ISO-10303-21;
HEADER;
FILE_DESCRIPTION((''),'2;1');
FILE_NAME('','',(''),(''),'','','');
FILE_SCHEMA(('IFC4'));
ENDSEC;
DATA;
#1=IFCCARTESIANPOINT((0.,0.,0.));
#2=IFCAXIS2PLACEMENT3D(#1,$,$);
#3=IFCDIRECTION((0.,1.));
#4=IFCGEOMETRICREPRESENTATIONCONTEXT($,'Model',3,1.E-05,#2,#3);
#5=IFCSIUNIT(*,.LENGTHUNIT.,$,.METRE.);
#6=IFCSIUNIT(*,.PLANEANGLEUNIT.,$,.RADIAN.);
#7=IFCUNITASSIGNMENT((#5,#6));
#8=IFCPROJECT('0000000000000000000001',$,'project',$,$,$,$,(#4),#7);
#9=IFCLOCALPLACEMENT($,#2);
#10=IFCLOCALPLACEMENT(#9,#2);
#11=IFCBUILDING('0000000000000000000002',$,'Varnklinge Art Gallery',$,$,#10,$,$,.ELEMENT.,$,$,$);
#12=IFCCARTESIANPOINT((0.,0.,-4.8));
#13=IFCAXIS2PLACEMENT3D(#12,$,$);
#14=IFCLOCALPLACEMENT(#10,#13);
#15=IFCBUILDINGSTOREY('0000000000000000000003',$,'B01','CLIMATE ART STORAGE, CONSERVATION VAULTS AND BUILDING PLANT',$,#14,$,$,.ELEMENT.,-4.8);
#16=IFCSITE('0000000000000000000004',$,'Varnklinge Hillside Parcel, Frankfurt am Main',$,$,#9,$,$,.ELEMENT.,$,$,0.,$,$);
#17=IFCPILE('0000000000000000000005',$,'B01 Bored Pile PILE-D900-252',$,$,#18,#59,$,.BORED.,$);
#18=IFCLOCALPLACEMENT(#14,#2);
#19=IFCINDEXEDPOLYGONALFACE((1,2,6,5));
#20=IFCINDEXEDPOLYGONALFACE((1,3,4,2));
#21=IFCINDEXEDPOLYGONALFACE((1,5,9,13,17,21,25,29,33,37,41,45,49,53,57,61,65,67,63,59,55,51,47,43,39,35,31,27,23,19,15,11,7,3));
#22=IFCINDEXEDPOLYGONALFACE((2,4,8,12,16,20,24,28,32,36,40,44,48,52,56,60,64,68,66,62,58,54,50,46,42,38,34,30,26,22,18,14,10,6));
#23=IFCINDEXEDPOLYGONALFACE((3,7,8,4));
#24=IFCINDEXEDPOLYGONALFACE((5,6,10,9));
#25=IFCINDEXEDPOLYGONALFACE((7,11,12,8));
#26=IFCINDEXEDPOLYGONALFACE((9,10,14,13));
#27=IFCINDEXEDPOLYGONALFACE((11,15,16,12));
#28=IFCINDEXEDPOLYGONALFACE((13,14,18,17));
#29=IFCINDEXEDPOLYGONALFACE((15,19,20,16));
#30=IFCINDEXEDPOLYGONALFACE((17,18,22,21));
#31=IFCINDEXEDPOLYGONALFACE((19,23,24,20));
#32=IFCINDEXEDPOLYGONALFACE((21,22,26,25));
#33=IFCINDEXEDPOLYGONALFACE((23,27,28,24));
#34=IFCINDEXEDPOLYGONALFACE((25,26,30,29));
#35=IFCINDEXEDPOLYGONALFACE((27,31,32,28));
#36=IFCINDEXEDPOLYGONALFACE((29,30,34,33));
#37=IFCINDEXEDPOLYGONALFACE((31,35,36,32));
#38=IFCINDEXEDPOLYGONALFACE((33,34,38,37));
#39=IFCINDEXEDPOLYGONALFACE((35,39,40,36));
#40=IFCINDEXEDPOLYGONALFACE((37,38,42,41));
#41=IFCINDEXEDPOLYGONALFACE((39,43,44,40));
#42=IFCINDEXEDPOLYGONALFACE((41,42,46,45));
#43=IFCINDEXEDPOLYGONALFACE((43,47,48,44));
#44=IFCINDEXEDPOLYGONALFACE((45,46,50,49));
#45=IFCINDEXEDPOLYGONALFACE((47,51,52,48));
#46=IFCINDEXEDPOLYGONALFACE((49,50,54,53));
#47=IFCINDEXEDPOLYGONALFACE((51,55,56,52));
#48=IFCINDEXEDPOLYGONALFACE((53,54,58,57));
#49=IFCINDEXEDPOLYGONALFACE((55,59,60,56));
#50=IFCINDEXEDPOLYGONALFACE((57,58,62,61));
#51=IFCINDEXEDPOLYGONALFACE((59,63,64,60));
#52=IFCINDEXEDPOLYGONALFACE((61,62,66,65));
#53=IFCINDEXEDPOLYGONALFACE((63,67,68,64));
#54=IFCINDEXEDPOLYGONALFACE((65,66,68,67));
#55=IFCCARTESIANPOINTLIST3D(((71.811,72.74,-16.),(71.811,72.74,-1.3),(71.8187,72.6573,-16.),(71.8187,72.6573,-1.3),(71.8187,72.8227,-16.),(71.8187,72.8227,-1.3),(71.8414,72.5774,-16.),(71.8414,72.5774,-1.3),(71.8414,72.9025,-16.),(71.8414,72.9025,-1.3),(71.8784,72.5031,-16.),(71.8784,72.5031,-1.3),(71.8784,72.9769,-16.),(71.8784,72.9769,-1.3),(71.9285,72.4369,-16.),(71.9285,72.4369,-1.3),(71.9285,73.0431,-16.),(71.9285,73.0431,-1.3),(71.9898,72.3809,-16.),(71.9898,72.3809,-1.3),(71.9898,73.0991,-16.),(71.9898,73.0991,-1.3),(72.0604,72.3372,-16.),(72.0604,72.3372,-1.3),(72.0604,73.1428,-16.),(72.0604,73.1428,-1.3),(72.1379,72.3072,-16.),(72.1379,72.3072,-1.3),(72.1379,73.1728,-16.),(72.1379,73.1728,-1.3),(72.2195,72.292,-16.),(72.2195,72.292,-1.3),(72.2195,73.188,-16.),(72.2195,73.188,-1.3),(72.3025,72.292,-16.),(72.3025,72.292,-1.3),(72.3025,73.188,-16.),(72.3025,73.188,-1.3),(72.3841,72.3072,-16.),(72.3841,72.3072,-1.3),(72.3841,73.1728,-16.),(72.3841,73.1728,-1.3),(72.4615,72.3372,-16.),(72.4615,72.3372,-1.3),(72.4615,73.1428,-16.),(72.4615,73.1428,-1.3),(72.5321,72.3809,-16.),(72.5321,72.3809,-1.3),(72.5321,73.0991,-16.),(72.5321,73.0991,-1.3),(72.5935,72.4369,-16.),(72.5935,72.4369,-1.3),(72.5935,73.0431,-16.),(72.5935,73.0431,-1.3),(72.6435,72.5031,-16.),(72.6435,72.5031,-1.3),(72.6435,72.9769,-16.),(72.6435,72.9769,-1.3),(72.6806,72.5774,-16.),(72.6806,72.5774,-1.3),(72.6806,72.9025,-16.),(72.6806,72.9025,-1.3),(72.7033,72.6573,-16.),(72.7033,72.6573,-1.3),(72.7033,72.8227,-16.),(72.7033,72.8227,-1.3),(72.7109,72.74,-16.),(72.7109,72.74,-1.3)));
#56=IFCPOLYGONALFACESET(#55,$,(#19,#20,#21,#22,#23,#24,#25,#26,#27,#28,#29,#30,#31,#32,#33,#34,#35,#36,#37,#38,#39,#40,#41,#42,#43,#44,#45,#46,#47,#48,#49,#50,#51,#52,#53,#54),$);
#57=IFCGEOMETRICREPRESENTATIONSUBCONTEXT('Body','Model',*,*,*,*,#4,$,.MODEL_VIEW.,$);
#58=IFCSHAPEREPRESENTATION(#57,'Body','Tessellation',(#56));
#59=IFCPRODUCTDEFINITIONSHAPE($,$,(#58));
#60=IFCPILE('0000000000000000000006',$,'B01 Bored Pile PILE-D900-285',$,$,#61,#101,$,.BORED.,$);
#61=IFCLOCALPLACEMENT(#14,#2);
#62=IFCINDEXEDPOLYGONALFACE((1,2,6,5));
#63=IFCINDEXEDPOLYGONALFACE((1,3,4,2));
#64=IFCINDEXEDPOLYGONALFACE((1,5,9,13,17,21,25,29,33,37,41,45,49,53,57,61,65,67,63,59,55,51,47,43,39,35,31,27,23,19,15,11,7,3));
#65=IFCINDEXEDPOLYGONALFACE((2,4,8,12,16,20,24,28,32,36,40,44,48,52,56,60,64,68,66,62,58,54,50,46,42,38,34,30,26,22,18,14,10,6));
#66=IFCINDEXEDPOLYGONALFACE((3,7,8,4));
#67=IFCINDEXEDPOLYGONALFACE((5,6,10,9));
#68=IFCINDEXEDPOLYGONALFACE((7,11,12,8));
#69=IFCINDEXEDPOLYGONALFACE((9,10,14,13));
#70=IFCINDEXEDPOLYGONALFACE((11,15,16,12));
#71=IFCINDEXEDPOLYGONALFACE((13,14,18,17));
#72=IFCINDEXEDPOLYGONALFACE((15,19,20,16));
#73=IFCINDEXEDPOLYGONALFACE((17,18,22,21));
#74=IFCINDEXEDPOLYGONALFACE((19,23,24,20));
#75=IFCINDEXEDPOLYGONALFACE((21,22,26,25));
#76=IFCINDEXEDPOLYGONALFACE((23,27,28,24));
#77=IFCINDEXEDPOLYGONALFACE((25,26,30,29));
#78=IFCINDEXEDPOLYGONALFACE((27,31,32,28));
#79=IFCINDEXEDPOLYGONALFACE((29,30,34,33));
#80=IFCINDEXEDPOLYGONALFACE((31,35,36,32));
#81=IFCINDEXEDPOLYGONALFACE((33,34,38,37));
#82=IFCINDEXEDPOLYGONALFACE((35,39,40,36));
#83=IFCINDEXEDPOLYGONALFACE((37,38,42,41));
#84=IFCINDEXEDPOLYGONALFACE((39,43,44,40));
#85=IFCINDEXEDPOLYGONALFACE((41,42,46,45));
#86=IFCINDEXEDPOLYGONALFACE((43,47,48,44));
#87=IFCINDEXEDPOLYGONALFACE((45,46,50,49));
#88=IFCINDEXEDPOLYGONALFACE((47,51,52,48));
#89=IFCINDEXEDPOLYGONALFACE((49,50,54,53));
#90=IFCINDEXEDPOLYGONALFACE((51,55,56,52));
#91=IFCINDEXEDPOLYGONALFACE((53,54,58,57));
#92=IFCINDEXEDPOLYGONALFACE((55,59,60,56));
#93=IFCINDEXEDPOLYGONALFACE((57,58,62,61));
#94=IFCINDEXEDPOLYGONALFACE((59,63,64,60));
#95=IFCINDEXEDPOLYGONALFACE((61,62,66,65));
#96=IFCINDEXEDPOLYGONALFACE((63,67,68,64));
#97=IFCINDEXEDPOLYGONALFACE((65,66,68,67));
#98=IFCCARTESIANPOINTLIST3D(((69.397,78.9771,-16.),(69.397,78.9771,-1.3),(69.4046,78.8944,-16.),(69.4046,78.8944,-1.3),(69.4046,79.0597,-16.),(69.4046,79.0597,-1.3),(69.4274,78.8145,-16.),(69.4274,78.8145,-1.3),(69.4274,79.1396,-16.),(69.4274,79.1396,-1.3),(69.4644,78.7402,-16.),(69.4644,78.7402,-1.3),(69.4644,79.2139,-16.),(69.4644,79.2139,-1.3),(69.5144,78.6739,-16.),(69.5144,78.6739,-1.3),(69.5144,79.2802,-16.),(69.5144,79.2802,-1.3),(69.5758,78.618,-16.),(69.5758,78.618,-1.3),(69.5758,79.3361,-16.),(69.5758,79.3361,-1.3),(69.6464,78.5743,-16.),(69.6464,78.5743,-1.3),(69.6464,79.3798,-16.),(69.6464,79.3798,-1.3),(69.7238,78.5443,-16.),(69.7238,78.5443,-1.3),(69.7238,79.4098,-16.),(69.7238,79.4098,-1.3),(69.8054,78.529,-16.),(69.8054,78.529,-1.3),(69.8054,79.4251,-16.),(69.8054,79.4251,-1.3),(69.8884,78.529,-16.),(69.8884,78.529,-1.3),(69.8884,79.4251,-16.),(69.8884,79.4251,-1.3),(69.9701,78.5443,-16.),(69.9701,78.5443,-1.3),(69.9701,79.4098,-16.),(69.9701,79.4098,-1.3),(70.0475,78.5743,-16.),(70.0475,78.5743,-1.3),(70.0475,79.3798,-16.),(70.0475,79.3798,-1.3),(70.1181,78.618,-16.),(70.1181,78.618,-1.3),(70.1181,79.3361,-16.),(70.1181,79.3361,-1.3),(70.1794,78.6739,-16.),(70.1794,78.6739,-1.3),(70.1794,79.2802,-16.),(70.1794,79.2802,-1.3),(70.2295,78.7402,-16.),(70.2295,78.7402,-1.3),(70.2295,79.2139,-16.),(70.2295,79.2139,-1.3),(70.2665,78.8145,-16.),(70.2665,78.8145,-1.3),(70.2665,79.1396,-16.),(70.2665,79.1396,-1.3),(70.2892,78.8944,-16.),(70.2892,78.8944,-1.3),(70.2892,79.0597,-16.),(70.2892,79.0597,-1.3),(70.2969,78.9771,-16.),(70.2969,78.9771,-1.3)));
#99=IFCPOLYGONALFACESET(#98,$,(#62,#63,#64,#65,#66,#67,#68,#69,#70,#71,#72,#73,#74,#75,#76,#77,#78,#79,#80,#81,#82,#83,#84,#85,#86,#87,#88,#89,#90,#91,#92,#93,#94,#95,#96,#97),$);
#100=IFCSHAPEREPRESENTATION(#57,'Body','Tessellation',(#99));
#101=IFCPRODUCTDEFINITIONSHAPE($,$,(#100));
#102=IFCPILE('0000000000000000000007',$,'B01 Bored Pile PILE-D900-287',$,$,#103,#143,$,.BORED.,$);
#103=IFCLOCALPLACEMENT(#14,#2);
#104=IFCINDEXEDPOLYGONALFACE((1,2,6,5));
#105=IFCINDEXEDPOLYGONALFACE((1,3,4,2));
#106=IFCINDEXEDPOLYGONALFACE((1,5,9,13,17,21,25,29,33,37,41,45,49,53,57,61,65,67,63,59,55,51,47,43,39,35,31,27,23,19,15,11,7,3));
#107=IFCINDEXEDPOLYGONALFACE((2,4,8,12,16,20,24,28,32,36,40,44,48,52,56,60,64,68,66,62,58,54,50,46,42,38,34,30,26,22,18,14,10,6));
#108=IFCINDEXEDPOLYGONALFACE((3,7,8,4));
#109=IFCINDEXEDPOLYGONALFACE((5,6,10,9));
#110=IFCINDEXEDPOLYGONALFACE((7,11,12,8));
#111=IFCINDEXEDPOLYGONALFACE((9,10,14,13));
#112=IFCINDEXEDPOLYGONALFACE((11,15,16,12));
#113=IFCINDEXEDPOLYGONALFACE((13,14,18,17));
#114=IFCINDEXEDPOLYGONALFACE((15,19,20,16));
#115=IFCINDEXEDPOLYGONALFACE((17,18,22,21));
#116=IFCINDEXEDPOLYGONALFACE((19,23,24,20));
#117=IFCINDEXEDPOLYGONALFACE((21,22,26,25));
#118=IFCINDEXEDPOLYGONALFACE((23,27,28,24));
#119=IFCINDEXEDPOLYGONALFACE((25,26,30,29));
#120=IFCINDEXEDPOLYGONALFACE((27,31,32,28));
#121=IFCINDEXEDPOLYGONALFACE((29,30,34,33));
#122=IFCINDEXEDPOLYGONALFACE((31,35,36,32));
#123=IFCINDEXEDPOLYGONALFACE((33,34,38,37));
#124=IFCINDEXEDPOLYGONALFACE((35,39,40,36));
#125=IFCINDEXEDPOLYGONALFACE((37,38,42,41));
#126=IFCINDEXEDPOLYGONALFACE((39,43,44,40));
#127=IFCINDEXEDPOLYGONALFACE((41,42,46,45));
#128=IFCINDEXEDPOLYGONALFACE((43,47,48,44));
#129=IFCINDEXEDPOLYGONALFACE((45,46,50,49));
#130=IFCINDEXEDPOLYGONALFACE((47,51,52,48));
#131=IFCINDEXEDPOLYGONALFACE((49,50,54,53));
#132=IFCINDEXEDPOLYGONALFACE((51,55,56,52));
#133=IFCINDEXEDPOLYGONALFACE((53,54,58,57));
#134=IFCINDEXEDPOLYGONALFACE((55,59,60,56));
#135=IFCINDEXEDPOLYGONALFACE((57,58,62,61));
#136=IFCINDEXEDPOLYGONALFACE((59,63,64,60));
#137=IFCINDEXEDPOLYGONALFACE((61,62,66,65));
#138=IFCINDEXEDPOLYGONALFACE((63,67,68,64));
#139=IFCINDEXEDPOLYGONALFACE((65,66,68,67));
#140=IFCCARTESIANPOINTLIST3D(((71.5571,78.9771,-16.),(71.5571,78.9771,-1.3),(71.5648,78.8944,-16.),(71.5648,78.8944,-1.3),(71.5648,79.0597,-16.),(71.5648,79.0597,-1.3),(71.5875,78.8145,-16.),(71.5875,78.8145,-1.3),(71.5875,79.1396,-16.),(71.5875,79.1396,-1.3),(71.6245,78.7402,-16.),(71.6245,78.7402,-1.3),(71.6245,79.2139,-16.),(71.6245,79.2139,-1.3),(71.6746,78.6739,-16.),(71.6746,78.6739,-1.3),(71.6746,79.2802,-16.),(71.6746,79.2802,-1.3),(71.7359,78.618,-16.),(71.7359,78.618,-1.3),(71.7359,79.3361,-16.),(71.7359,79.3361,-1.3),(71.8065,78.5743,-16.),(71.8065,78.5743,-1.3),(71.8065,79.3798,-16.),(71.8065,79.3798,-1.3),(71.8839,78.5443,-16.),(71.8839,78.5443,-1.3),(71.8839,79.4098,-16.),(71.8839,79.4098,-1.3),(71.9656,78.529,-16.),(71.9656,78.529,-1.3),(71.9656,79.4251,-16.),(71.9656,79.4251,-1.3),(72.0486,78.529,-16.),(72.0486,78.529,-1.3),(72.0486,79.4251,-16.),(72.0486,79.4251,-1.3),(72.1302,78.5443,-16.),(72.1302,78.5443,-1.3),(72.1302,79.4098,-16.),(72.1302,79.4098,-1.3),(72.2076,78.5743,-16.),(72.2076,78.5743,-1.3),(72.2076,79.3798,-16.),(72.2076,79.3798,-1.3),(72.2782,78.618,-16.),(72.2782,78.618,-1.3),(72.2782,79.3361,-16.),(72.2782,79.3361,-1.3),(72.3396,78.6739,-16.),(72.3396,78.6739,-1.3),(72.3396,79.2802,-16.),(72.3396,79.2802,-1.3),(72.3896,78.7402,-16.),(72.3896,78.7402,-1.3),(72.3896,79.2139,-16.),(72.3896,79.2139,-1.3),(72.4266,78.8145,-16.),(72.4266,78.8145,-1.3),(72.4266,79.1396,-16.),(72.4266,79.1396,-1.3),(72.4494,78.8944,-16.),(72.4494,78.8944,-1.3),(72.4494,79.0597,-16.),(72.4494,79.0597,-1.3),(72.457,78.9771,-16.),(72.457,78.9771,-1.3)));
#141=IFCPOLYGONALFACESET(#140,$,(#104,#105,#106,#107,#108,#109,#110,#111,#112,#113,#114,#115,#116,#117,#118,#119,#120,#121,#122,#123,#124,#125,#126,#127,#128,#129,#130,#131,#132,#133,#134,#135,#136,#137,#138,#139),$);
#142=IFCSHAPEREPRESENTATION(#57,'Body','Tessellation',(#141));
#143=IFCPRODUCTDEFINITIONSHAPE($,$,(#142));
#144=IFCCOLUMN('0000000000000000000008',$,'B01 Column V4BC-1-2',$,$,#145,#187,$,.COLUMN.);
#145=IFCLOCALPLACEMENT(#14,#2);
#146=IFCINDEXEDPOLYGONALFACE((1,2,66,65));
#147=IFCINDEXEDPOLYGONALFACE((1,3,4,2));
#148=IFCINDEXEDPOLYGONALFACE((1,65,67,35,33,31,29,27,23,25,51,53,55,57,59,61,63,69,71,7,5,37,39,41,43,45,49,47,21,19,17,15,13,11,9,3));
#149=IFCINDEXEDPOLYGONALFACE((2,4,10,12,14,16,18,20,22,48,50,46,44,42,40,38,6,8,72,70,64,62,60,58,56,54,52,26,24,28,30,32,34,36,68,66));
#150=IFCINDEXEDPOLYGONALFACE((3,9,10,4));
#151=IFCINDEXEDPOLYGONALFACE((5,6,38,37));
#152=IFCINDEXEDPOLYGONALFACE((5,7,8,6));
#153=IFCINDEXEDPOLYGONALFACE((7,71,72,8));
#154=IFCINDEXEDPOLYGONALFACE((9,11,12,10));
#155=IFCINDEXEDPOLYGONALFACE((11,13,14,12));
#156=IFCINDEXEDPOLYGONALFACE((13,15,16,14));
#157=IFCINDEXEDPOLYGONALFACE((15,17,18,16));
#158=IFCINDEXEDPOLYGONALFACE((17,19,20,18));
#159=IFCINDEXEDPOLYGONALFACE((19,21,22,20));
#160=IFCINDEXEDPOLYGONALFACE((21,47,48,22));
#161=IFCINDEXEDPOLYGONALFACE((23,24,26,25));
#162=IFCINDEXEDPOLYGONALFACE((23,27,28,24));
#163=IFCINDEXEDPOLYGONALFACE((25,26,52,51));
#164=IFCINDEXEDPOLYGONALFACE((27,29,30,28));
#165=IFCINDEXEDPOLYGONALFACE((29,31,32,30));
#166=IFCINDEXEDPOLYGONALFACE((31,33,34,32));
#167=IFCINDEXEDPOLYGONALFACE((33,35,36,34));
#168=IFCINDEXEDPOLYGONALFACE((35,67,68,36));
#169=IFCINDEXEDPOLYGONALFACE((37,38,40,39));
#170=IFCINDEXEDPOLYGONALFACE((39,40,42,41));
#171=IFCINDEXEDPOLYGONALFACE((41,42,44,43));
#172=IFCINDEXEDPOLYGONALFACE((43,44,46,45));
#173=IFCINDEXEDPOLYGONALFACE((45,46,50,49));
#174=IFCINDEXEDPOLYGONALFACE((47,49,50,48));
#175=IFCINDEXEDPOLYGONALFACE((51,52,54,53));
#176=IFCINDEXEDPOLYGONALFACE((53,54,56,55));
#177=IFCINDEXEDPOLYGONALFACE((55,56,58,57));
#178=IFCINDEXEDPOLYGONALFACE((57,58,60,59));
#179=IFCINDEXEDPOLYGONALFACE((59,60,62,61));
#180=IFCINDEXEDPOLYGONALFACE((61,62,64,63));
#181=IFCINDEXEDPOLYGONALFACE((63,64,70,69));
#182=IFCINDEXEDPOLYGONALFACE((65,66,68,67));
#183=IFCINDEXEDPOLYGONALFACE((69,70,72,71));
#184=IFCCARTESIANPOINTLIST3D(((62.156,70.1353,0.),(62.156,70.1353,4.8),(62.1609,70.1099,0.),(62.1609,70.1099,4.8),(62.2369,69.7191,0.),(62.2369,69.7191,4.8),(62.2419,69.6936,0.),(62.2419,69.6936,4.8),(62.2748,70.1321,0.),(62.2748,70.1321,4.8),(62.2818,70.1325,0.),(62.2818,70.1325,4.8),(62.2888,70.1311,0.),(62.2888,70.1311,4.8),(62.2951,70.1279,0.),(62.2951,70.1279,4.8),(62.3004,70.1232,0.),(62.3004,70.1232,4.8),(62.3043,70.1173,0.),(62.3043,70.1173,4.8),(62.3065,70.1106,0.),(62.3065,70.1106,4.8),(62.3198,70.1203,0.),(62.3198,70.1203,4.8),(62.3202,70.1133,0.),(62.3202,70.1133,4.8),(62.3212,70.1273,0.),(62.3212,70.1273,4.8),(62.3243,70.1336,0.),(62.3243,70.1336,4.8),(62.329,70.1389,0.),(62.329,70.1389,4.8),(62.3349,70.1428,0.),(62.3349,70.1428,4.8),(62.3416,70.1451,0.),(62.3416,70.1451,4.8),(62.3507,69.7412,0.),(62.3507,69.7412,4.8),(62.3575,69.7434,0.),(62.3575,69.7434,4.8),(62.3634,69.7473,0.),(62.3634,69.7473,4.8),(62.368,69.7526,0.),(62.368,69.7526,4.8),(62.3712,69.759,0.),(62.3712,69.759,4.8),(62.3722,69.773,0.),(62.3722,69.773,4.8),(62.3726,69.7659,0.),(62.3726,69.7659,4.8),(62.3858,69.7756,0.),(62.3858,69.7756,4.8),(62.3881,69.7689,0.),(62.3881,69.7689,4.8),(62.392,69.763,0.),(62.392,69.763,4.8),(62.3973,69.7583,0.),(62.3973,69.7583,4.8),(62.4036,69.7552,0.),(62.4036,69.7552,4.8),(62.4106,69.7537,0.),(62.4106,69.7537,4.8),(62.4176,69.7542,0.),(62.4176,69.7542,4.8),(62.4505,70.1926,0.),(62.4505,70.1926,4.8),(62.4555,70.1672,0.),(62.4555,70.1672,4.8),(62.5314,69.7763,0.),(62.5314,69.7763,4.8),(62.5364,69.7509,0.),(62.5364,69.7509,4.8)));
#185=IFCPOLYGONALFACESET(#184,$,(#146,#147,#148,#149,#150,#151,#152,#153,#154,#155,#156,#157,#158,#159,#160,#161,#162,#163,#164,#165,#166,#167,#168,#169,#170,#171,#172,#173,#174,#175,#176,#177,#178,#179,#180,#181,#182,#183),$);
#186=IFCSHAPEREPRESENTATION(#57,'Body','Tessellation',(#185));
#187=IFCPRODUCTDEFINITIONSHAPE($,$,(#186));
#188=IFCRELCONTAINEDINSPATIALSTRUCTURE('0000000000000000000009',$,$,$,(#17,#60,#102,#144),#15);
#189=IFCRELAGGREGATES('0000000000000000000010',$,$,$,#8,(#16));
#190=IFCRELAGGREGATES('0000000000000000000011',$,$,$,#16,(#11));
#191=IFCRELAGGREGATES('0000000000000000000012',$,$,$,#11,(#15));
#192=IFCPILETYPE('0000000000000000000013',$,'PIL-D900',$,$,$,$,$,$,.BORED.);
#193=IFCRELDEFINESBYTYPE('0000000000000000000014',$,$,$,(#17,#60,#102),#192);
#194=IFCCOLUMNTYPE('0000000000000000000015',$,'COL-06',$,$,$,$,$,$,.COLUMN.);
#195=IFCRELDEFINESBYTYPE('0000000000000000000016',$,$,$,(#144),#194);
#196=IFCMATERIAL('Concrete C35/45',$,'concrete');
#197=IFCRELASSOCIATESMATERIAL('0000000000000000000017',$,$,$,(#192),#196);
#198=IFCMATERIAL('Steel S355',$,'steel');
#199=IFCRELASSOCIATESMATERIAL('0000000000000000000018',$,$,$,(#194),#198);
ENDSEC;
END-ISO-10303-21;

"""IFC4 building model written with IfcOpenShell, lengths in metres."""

from ifc_helpers import new_model, si_unit, direction, frame, origin, origin_2d, place, context, subcontext, project, spatial, circle, i_section, extrude, material, material_profile, profile_set, type_object, element, save


model = new_model("IFC4")

# Units and contexts
model_context = context("Model", 3, precision=1e-05, world=origin(), true_north=direction((0.0, 1.0)))
body_context = subcontext(model_context, "Body", "Model", "MODEL_VIEW")
ifc_project = project(units=[si_unit("LENGTHUNIT", "METRE"), si_unit("PLANEANGLEUNIT", "RADIAN")], contexts=[model_context])

# Site, building, storey
site_placement = place(None, origin())
site = spatial("IfcSite", under=ifc_project, at=site_placement, Name="Varnklinge Hillside Parcel, Frankfurt am Main", CompositionType="ELEMENT", RefElevation=0.0)
building_placement = place(site_placement, origin())
building = spatial("IfcBuilding", under=site, at=building_placement, Name="Varnklinge Art Gallery", CompositionType="ELEMENT")
storey_placement = place(building_placement, frame((0.0, 0.0, -4.8)))
storey = spatial("IfcBuildingStorey", under=building, at=storey_placement, Name="B01", Description="CLIMATE ART STORAGE, CONSERVATION VAULTS AND BUILDING PLANT", CompositionType="ELEMENT", Elevation=-4.8)

# Piles
ifc_material_1 = material(Name="Concrete C35/45", Category="concrete")
ifc_material_profile_1 = material_profile(ifc_material_1, circle(Radius=0.45, at=origin_2d()), Name="PILE D900")
ifc_profile_set_1 = profile_set([ifc_material_profile_1], Name="Concrete C35/45")
pile_type = type_object("IfcPileType", Name="PIL-D900", PredefinedType="BORED", material=ifc_profile_set_1)
for number, where, z_axis, x_axis, name in (
    (1, (72.261, 72.74, -1.3), (0.0, 0.0, -1.0), (1.0, 0.0, 0.0), "B01 Bored Pile PILE-D900-252"),
    (2, (69.8469, 78.9771, -1.3), (0.0, 0.0, -1.0), (1.0, 0.0, 0.0), "B01 Bored Pile PILE-D900-285"),
    (3, (72.0071, 78.9771, -1.3), (0.0, 0.0, -1.0), (1.0, 0.0, 0.0), "B01 Bored Pile PILE-D900-287"),
):
    element("IfcPile", number, at=place(storey_placement, frame(where, z_axis=z_axis, x_axis=x_axis)), inside=storey, type_object=pile_type, Name=name, PredefinedType="BORED", context=body_context, shape_type="SweptSolid", body=[
        extrude(circle(Radius=0.45, at=origin_2d()), origin(), (0.0, 0.0, 1.0), 14.7),
    ])

# Column
ifc_material_2 = material(Name="Steel S355", Category="steel")
ifc_material_profile_2 = material_profile(ifc_material_2, i_section(OverallWidth=0.3, OverallDepth=0.45, WebThickness=0.0139, FlangeThickness=0.0259, FilletRadius=0.0271, at=origin_2d()), Name="HEB 450")
ifc_profile_set_2 = profile_set([ifc_material_profile_2], Name="Steel S355")
column_type = type_object("IfcColumnType", Name="COL-06", PredefinedType="COLUMN", material=ifc_profile_set_2)
for number, where, z_axis, x_axis, name in (
    (4, (62.3462, 69.9431, 0.0), (0.0, 0.0, 1.0), (0.981627, 0.190809, 0.0), "B01 Column V4BC-1-2"),
):
    element("IfcColumn", number, at=place(storey_placement, frame(where, z_axis=z_axis, x_axis=x_axis)), inside=storey, type_object=column_type, Name=name, PredefinedType="COLUMN", context=body_context, shape_type="SweptSolid", body=[
        extrude(i_section(OverallWidth=0.3, OverallDepth=0.45, WebThickness=0.0139, FlangeThickness=0.0259, FilletRadius=0.0271, at=origin_2d()), origin(), (0.0, 0.0, 1.0), 4.8),
    ])

save(model, "model.ifc")
